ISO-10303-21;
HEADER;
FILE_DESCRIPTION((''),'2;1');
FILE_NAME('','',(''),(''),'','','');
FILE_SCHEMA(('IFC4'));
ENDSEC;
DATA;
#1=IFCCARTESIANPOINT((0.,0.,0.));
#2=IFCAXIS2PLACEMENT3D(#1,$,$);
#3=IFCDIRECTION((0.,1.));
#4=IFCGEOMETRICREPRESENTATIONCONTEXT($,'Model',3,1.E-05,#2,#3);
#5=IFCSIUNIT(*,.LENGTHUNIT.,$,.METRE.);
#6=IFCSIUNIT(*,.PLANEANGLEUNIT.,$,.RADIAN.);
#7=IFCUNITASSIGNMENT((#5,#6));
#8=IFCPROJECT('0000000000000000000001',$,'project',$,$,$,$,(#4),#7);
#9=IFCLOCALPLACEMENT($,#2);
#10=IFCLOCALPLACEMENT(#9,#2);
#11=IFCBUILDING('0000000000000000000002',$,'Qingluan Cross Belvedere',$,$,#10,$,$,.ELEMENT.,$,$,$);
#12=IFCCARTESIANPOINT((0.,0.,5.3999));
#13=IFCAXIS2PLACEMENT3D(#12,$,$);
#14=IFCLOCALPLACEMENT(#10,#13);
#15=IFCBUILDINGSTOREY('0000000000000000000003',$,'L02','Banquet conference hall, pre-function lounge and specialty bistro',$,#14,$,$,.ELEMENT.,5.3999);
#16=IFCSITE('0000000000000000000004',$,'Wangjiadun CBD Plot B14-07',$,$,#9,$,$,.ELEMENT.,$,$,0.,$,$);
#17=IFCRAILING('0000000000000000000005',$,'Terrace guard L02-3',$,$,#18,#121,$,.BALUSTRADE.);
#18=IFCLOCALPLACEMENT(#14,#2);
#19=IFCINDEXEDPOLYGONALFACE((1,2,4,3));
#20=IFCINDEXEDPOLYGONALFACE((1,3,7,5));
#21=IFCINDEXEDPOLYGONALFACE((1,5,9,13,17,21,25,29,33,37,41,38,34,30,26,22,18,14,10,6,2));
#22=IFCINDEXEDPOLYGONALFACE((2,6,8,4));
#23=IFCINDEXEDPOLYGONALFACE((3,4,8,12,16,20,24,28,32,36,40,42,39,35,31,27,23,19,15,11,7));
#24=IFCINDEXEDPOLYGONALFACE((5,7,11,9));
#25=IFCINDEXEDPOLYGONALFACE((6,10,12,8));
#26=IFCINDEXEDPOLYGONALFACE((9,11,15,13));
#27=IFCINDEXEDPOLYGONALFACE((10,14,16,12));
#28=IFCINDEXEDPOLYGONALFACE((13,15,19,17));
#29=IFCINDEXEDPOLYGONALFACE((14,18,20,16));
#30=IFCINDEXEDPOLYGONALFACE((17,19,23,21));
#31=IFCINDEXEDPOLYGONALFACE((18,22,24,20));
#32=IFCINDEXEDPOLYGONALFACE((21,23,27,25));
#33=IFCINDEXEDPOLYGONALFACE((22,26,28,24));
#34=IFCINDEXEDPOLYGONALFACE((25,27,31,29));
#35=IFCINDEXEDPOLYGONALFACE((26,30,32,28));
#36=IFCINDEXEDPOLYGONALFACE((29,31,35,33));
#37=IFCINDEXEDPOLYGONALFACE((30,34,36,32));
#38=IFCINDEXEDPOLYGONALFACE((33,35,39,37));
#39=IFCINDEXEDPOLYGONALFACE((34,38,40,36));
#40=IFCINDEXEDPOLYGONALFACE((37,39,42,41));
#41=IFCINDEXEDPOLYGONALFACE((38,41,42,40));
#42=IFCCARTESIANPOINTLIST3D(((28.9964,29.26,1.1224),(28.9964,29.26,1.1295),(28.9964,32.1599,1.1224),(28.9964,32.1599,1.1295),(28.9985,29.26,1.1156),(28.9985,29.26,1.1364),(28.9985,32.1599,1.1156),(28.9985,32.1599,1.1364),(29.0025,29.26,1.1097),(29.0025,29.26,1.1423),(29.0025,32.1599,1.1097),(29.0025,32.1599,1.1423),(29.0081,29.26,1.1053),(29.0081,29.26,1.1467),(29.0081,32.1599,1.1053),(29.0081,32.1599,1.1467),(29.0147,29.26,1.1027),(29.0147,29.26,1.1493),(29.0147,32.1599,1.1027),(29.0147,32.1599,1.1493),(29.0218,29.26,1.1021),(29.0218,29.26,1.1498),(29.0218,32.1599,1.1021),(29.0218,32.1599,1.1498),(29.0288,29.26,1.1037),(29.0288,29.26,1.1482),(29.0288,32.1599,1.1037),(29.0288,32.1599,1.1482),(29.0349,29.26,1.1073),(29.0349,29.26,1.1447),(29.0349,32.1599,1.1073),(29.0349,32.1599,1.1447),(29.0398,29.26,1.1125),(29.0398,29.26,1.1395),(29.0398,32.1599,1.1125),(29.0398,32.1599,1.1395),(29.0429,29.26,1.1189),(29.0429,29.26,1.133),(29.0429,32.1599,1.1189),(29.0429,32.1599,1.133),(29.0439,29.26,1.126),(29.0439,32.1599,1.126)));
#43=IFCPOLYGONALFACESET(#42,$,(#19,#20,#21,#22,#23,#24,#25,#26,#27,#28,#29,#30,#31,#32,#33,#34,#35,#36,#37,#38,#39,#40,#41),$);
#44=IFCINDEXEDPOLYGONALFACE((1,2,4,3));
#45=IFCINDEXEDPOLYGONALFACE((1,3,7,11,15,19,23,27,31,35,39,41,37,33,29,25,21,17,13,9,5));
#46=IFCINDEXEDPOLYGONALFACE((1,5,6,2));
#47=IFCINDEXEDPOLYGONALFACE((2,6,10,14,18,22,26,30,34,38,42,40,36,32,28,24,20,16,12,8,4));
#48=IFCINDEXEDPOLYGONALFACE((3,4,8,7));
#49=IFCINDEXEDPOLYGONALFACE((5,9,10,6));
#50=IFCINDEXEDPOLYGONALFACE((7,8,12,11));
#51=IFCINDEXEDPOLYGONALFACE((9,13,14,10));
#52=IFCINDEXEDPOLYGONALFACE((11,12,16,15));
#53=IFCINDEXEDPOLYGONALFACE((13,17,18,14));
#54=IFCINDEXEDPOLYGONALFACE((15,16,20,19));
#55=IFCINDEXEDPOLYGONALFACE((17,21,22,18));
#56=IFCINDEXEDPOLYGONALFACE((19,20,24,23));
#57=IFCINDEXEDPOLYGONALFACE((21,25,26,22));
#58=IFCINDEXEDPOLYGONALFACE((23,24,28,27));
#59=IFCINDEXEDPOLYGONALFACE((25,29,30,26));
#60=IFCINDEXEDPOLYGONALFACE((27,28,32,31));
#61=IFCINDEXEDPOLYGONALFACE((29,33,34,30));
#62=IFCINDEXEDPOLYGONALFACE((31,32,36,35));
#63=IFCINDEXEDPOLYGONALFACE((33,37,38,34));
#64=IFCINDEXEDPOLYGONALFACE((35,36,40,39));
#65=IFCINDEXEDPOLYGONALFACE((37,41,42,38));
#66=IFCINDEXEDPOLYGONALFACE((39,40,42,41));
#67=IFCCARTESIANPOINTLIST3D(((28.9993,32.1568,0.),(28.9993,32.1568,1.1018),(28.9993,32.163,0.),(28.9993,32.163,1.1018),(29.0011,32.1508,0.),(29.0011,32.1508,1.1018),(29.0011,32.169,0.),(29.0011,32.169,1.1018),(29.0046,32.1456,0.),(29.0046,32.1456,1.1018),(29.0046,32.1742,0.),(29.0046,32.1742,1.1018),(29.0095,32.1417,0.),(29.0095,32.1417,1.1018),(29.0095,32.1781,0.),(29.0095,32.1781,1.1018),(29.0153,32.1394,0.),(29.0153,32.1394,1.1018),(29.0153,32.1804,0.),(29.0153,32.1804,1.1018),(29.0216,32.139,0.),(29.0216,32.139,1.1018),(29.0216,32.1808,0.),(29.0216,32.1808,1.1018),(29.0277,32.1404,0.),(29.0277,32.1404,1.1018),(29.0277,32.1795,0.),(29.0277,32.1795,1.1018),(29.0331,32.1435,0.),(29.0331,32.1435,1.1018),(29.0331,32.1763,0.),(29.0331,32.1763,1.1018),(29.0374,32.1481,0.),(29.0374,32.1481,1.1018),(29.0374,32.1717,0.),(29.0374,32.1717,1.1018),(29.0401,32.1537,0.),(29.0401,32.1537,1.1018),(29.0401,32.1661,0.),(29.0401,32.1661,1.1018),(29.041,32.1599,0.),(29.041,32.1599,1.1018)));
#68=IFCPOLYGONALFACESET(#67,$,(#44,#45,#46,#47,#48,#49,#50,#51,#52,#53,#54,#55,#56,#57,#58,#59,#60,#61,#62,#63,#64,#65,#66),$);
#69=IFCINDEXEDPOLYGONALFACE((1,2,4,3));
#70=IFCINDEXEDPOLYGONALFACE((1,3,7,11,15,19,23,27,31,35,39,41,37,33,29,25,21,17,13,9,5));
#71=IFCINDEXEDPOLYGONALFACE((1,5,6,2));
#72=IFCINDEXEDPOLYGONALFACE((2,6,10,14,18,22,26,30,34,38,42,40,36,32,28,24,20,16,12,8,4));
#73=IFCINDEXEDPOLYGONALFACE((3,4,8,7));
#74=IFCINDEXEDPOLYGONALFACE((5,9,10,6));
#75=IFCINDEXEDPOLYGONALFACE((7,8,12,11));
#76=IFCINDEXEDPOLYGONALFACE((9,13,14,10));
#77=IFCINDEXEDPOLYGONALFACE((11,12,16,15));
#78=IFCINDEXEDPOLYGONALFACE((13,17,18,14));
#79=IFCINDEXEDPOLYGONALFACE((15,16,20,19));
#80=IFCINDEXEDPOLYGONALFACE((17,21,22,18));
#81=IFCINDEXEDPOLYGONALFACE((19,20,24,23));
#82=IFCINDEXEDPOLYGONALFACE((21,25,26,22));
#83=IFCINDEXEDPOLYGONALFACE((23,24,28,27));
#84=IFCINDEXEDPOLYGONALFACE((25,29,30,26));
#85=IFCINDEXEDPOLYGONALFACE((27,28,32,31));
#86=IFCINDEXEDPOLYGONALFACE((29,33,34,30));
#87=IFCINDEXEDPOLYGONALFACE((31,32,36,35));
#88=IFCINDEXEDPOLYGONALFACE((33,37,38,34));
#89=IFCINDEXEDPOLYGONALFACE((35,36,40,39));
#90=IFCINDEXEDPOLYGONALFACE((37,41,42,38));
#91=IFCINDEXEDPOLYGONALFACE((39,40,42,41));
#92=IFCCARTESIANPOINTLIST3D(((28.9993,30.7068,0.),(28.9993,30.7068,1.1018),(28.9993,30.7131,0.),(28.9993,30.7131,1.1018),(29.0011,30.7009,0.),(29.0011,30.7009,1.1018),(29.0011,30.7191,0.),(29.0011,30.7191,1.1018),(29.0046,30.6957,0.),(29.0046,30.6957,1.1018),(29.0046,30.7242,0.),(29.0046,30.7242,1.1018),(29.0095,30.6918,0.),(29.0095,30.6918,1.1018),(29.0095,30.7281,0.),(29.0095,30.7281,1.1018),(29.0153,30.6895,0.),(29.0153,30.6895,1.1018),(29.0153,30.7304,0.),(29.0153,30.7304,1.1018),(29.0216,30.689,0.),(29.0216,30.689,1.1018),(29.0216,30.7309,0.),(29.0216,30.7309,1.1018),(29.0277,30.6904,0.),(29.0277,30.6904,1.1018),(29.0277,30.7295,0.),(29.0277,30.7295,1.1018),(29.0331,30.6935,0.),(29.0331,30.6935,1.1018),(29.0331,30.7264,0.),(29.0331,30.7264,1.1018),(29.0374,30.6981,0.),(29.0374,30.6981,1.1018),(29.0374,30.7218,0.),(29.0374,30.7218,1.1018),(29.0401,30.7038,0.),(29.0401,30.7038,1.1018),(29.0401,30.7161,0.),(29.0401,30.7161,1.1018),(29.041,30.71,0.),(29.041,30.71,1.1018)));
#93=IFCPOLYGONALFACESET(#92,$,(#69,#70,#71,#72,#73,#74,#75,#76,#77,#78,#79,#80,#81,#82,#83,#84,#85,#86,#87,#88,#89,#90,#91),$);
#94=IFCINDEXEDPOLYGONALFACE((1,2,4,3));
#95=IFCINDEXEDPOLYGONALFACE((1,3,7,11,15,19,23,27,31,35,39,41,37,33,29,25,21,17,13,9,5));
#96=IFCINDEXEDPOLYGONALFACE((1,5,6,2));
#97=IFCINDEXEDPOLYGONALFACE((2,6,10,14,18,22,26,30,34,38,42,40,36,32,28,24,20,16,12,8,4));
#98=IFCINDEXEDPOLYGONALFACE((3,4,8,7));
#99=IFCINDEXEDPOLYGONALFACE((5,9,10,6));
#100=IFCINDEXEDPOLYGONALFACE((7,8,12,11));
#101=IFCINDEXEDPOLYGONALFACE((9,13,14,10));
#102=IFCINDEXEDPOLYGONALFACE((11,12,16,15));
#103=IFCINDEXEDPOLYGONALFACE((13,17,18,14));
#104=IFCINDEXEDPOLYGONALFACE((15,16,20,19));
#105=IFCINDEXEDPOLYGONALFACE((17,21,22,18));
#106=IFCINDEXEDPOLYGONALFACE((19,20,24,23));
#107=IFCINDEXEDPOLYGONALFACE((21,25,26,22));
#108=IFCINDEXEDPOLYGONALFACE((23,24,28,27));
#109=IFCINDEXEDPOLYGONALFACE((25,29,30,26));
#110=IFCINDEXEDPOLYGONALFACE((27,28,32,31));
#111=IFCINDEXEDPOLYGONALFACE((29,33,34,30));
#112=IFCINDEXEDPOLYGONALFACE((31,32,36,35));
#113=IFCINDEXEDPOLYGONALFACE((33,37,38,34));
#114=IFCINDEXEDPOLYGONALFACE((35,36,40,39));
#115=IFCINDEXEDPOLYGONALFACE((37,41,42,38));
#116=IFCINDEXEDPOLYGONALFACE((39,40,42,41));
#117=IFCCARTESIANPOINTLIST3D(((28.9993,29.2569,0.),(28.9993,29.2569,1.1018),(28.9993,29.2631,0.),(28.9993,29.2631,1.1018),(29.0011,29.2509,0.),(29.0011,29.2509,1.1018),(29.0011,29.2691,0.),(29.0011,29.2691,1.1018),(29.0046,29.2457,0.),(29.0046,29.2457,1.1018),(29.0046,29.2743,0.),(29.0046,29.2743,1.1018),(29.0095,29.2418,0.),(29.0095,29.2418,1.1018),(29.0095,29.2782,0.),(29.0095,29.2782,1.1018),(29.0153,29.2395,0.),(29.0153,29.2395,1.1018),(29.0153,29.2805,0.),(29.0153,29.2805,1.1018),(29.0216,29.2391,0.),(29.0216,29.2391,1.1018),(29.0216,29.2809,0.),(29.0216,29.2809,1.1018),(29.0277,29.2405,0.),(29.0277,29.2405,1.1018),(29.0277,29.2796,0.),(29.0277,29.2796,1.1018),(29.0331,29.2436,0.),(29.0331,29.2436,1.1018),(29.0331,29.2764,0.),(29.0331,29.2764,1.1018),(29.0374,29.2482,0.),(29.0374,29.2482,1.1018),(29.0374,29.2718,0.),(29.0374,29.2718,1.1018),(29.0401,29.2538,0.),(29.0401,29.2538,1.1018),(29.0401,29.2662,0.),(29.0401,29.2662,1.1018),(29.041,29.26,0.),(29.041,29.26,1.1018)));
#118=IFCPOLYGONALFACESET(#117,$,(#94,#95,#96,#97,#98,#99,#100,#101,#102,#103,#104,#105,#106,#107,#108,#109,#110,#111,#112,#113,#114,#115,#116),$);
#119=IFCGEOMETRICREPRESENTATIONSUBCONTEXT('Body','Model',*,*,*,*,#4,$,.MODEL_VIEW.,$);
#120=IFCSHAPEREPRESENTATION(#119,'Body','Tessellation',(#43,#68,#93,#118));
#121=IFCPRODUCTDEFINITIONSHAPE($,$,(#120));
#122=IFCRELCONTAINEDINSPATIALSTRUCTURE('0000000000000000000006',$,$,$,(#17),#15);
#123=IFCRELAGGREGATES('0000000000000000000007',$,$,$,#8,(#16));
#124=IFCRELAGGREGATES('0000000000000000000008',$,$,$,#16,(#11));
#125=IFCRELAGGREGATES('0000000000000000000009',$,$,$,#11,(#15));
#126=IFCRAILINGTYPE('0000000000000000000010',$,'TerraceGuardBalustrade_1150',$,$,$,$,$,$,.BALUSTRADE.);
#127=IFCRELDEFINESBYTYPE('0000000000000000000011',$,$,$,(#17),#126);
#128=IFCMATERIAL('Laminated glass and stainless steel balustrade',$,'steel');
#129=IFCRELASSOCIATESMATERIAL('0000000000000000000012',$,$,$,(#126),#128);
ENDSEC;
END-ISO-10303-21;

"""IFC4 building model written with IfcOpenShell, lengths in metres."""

from ifc_helpers import new_model, si_unit, direction, frame, origin, origin_2d, place, context, subcontext, project, spatial, circle, extrude, material, type_object, element, save


model = new_model("IFC4")

# Units and contexts
model_context = context("Model", 3, precision=1e-05, world=origin(), true_north=direction((0.0, 1.0)))
body_context = subcontext(model_context, "Body", "Model", "MODEL_VIEW")
ifc_project = project(units=[si_unit("LENGTHUNIT", "METRE"), si_unit("PLANEANGLEUNIT", "RADIAN")], contexts=[model_context])

# Site, building, storey
site_placement = place(None, origin())
site = spatial("IfcSite", under=ifc_project, at=site_placement, Name="Wangjiadun CBD Plot B14-07", CompositionType="ELEMENT", RefElevation=0.0)
building_placement = place(site_placement, origin())
building = spatial("IfcBuilding", under=site, at=building_placement, Name="Qingluan Cross Belvedere", CompositionType="ELEMENT")
storey_placement = place(building_placement, frame((0.0, 0.0, 5.3999)))
storey = spatial("IfcBuildingStorey", under=building, at=storey_placement, Name="L02", Description="Banquet conference hall, pre-function lounge and specialty bistro", CompositionType="ELEMENT", Elevation=5.3999)

# Railing
ifc_material_1 = material(Name="Laminated glass and stainless steel balustrade", Category="steel")
railing_type = type_object("IfcRailingType", Name="TerraceGuardBalustrade_1150", PredefinedType="BALUSTRADE", material=ifc_material_1)
railing_1_placement = place(storey_placement, frame((29.02, 32.1599, 0.0)))
element("IfcRailing", 1, at=railing_1_placement, inside=storey, type_object=railing_type, Name="Terrace guard L02-3", PredefinedType="BALUSTRADE", context=body_context, shape_type="SweptSolid", body=[
    extrude(circle(Radius=0.0239, at=origin_2d()), frame((0.0, 0.0, 1.126), z_axis=(0.0, -1.0, 0.0), x_axis=(1.0, 0.0, 0.0)), (0.0, 0.0, 1.0), 2.8999),
    extrude(circle(Radius=0.021, at=origin_2d()), origin(), (0.0, 0.0, 1.0), 1.1018),
    extrude(circle(Radius=0.021, at=origin_2d()), frame((0.0, -1.45, 0.0)), (0.0, 0.0, 1.0), 1.1018),
    extrude(circle(Radius=0.021, at=origin_2d()), frame((0.0, -2.8999, 0.0)), (0.0, 0.0, 1.0), 1.1018),
])

save(model, "model.ifc")
